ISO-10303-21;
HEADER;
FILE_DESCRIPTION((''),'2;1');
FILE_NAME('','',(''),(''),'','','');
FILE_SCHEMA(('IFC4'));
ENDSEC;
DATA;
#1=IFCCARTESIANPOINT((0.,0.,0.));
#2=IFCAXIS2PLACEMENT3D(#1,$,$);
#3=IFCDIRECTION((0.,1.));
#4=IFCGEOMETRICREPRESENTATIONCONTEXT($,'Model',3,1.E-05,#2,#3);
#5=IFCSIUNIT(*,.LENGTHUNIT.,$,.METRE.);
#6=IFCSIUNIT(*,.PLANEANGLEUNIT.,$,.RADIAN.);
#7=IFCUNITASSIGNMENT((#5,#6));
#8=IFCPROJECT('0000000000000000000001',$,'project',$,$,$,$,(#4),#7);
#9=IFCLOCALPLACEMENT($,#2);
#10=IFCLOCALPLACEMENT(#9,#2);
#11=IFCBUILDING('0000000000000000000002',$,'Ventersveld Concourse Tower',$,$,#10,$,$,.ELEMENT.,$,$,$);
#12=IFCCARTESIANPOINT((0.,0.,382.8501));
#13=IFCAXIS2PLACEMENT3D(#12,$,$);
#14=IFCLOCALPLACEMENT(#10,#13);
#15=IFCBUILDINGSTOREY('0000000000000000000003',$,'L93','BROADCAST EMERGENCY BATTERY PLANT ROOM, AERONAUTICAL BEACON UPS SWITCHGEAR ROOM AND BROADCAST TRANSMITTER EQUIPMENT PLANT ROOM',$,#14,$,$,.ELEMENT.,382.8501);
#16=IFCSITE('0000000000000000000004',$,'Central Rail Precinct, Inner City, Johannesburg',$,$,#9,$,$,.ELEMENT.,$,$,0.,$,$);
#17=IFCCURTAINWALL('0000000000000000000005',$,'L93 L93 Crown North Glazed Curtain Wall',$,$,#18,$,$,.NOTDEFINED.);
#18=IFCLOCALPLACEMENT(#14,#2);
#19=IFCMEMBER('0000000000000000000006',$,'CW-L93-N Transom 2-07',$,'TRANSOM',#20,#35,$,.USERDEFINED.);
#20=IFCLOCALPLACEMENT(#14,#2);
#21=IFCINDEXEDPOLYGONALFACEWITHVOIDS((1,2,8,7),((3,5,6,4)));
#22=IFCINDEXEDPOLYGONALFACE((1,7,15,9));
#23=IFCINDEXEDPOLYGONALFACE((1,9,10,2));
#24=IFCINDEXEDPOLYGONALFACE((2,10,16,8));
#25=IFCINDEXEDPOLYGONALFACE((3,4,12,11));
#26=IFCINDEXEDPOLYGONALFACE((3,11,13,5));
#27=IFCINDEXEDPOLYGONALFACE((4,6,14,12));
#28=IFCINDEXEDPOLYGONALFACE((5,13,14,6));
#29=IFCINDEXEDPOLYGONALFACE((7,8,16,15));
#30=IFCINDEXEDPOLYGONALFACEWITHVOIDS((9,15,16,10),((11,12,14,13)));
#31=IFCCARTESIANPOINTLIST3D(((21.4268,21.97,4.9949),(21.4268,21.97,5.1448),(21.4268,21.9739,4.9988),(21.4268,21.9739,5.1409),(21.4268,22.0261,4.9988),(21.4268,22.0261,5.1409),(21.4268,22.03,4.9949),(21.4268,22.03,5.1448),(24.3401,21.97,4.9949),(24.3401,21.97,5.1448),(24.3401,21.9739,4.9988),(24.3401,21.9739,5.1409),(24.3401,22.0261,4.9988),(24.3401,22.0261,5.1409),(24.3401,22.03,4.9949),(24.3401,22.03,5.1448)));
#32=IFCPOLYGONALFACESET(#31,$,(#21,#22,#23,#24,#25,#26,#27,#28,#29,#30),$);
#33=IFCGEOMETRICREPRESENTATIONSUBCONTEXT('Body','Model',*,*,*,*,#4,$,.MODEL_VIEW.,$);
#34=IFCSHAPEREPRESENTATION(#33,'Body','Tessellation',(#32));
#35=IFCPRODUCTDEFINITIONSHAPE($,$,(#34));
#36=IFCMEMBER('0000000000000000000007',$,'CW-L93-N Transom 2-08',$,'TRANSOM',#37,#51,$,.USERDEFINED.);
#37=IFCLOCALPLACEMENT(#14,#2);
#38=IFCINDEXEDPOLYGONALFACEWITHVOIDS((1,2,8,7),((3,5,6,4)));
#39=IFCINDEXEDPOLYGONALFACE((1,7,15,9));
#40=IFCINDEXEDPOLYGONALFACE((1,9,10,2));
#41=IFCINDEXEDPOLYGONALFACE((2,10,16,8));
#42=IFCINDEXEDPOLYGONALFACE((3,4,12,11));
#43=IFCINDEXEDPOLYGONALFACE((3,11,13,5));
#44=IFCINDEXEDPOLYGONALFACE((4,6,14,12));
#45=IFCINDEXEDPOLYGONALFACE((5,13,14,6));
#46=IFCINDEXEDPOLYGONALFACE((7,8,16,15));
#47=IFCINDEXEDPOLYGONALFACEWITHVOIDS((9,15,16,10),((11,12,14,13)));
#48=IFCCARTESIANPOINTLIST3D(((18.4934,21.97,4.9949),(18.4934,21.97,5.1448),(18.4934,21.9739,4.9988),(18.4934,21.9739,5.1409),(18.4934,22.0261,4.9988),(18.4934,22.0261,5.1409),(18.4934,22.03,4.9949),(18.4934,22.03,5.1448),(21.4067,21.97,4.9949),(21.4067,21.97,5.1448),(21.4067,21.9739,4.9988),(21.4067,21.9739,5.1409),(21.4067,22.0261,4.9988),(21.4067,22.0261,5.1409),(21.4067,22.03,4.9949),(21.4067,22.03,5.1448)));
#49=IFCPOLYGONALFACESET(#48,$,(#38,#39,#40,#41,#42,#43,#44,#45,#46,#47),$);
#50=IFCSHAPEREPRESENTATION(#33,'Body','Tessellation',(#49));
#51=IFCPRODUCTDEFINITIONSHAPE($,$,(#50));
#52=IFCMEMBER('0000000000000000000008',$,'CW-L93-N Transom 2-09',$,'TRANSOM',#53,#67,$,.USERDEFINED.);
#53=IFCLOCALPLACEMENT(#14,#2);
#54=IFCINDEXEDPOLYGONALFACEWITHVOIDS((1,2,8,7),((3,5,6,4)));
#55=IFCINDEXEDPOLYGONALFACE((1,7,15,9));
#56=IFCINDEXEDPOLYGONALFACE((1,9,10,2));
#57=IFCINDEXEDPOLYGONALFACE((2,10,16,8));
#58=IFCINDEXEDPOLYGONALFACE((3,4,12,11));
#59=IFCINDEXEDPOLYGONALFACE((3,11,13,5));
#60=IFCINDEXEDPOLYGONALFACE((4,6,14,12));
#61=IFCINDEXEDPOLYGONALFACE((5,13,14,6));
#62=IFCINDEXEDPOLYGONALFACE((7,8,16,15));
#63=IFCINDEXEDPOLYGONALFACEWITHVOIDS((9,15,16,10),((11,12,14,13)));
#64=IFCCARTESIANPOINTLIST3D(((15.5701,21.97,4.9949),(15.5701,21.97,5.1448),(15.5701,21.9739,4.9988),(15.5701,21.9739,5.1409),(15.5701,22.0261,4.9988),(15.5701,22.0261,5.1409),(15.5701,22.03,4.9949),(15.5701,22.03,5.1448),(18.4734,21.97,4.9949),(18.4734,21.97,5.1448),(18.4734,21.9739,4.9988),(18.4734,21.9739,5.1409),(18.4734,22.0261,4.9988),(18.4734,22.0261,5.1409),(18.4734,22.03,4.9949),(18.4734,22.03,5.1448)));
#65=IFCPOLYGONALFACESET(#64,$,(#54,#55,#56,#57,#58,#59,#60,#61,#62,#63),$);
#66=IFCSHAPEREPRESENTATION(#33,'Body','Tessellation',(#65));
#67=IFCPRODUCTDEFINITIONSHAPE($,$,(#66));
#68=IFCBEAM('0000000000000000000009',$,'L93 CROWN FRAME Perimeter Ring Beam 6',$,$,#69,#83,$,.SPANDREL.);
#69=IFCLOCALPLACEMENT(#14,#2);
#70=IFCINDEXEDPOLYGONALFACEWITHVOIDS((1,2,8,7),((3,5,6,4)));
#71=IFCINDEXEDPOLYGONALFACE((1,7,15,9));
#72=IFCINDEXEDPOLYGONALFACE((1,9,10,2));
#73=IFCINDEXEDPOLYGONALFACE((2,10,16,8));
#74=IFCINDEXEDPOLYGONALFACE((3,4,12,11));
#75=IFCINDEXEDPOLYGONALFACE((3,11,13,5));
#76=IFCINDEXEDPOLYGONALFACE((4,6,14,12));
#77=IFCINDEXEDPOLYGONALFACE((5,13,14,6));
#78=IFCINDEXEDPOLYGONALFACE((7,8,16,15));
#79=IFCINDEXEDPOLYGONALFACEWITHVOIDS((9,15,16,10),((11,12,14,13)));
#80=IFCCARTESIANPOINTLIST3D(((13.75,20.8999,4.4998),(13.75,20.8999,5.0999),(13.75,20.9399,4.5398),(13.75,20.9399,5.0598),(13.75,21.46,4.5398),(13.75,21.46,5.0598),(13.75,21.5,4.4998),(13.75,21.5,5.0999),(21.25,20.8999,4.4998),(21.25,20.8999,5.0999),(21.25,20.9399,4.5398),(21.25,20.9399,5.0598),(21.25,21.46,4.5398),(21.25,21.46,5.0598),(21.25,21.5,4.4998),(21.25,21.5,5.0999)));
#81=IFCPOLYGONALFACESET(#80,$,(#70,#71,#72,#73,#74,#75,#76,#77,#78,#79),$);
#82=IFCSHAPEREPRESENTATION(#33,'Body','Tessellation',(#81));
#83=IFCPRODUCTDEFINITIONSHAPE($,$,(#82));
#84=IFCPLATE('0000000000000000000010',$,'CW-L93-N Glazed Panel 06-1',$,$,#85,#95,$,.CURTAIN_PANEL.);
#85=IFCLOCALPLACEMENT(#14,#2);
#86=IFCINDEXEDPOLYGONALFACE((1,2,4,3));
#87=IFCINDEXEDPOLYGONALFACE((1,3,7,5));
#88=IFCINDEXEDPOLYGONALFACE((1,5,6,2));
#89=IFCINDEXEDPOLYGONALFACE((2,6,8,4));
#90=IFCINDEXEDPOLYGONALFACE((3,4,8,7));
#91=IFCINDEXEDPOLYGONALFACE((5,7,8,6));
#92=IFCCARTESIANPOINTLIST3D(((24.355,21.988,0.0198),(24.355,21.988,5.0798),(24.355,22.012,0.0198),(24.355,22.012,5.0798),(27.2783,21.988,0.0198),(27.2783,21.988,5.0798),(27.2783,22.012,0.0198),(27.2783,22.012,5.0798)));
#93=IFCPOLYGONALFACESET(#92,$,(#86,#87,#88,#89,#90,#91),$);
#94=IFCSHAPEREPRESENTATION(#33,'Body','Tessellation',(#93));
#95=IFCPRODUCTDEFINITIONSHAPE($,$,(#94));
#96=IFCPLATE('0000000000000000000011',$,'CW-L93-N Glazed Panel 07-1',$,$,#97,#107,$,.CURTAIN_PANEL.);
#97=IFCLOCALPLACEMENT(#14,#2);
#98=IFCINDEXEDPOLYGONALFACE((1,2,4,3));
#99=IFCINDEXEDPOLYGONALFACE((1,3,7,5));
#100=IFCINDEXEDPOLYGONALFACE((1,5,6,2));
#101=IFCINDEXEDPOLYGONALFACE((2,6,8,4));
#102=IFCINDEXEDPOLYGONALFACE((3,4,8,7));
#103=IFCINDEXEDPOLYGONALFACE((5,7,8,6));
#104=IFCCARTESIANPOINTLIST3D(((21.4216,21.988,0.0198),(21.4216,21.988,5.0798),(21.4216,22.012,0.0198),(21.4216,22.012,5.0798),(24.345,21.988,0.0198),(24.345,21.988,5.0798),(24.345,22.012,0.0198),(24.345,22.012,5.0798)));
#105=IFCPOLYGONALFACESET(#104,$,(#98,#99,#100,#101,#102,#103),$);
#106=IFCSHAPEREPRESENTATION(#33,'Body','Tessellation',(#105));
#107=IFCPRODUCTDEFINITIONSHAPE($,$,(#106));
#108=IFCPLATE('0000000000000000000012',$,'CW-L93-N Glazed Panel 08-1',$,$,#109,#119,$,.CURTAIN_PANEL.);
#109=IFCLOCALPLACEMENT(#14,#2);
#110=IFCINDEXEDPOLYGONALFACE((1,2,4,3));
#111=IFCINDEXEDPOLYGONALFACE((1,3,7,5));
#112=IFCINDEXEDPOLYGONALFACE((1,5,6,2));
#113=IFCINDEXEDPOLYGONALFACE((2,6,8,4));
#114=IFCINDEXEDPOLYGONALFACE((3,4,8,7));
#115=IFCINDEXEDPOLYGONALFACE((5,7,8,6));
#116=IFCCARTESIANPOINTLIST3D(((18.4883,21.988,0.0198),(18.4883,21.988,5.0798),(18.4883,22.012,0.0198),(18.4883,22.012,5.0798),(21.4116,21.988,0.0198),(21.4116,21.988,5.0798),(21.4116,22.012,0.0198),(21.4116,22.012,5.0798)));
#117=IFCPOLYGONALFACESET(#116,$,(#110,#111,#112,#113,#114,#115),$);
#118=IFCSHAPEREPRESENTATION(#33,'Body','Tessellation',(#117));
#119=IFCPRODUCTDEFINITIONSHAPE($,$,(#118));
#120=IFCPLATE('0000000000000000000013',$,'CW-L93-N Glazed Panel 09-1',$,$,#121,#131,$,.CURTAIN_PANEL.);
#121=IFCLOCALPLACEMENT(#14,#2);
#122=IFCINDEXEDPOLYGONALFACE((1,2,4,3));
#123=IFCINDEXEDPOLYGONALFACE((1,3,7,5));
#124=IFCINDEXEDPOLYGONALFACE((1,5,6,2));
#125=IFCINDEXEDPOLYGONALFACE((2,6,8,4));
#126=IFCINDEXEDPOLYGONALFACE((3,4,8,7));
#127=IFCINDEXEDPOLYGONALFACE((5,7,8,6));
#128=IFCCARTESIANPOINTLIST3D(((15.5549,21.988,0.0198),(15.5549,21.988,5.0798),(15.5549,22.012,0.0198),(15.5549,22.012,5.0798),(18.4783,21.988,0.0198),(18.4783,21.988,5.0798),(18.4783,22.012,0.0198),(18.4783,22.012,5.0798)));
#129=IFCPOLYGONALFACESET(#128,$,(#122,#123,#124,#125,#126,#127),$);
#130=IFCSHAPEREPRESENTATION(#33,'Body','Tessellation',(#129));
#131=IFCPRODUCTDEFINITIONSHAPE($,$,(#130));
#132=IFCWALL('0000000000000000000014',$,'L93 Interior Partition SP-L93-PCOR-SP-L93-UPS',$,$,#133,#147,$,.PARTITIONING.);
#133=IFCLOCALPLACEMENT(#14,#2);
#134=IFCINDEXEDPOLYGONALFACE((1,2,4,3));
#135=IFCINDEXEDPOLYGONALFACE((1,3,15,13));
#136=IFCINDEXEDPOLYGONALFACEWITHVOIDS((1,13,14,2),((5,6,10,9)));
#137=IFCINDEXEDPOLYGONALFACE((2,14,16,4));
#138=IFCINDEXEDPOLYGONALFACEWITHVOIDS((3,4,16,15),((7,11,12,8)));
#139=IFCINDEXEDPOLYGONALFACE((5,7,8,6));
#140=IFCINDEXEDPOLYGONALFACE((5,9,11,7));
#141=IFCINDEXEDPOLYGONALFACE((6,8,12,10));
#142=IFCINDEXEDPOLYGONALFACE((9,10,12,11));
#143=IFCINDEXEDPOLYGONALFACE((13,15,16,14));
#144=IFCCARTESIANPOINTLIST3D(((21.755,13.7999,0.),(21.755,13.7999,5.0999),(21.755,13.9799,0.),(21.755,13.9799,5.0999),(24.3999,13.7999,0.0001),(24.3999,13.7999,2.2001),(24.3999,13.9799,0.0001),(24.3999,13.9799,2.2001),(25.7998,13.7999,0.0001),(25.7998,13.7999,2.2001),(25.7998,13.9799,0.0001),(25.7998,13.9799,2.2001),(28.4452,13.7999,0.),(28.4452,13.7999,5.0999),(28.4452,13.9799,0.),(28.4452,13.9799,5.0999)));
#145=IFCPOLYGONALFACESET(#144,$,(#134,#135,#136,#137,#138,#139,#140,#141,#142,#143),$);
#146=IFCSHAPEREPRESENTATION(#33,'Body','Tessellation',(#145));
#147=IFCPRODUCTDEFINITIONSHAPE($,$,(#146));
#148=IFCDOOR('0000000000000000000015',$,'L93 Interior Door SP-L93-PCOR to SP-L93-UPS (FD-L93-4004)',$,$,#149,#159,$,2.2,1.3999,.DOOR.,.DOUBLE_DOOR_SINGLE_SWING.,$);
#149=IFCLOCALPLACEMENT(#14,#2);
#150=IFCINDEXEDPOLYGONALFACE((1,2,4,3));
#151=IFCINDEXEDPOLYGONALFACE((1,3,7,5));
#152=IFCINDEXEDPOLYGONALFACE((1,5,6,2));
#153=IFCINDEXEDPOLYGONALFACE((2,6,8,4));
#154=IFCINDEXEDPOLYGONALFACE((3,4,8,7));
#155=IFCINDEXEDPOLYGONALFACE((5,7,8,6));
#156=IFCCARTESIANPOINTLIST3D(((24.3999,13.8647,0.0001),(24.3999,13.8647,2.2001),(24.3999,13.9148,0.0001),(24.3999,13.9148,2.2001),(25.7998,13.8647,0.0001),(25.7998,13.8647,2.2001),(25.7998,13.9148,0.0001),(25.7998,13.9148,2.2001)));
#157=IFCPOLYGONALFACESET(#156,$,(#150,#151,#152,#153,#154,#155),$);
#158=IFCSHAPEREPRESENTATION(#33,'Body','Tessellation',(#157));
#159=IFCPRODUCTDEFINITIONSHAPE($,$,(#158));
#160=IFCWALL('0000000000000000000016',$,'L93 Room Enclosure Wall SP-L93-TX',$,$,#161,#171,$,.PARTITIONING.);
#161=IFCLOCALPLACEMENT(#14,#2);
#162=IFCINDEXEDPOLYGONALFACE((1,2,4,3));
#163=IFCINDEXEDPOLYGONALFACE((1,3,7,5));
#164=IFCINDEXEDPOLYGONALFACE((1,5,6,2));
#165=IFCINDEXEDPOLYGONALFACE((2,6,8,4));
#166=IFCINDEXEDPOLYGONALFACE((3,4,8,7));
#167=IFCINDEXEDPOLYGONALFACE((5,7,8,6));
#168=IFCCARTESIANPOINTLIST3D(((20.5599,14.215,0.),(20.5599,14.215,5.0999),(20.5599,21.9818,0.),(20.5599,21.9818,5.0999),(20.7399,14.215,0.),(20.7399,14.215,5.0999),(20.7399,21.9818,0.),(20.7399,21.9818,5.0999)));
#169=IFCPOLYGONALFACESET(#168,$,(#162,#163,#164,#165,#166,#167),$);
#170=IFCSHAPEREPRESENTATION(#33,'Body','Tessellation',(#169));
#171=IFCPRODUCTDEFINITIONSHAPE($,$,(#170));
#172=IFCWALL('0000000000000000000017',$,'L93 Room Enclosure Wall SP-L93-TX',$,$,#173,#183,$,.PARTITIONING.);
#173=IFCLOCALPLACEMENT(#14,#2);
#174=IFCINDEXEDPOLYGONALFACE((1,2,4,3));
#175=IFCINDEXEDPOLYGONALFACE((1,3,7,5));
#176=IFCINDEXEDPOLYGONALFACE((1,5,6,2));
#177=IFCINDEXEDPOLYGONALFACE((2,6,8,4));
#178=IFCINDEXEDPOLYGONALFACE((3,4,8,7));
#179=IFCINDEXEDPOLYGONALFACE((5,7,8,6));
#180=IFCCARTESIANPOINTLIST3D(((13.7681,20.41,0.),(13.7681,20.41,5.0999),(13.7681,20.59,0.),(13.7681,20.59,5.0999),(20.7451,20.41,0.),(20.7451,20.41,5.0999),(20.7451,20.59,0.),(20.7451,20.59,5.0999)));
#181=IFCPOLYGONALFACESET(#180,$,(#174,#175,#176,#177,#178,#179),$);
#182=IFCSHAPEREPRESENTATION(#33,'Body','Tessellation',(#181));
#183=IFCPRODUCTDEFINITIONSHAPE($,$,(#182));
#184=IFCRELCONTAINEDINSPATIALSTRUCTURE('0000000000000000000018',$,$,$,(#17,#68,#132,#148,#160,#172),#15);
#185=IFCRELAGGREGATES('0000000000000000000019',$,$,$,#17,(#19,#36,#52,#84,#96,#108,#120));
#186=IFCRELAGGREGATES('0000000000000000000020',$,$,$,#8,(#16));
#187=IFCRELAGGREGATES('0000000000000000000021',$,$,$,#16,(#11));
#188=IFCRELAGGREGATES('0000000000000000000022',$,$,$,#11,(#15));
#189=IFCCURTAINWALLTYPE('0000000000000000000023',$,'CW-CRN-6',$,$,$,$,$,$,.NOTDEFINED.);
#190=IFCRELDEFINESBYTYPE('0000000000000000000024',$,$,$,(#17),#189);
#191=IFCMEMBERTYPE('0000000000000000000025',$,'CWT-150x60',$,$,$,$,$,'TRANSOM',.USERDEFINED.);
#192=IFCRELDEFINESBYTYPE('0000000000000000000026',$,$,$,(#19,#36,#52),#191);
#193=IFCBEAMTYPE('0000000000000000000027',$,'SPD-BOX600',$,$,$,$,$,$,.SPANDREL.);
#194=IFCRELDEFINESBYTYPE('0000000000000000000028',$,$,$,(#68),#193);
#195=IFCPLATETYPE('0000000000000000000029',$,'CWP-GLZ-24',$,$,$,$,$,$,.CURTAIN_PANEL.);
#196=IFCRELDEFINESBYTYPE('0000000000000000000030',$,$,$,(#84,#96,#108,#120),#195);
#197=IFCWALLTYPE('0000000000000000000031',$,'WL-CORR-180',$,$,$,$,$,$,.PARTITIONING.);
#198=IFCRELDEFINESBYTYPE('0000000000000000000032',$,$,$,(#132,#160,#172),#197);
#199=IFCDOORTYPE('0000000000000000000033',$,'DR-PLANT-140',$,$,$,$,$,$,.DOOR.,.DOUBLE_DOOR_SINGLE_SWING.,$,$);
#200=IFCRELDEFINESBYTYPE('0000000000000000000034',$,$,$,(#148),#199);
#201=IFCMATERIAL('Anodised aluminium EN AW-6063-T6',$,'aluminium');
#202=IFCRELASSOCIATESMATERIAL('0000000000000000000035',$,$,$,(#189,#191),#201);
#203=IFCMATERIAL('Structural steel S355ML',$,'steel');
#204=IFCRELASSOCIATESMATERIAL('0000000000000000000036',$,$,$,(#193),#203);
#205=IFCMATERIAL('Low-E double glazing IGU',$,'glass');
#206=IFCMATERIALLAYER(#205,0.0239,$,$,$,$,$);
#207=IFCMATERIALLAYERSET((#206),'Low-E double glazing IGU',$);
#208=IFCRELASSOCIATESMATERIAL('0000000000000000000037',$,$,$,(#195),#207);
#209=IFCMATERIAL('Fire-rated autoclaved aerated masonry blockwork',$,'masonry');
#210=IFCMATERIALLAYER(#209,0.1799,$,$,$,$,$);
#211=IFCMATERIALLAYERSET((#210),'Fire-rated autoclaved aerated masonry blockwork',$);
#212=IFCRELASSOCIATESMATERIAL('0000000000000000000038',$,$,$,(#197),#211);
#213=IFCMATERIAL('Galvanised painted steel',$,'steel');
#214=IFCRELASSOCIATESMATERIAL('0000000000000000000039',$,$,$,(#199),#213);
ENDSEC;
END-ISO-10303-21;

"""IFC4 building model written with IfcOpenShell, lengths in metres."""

from ifc_helpers import new_model, si_unit, direction, frame, frame_2d, origin, origin_2d, place, context, subcontext, project, spatial, rectangle, hollow_rectangle, extrude, material, layer, layer_set, material_profile, profile_set, type_object, element, fill, aggregate, save


model = new_model("IFC4")

# Units and contexts
model_context = context("Model", 3, precision=1e-05, world=origin(), true_north=direction((0.0, 1.0)))
body_context = subcontext(model_context, "Body", "Model", "MODEL_VIEW")
ifc_project = project(units=[si_unit("LENGTHUNIT", "METRE"), si_unit("PLANEANGLEUNIT", "RADIAN")], contexts=[model_context])

# Site, building, storey
site_placement = place(None, origin())
site = spatial("IfcSite", under=ifc_project, at=site_placement, Name="Central Rail Precinct, Inner City, Johannesburg", CompositionType="ELEMENT", RefElevation=0.0)
building_placement = place(site_placement, origin())
building = spatial("IfcBuilding", under=site, at=building_placement, Name="Ventersveld Concourse Tower", CompositionType="ELEMENT")
storey_placement = place(building_placement, frame((0.0, 0.0, 382.8501)))
storey = spatial("IfcBuildingStorey", under=building, at=storey_placement, Name="L93", Description="BROADCAST EMERGENCY BATTERY PLANT ROOM, AERONAUTICAL BEACON UPS SWITCHGEAR ROOM AND BROADCAST TRANSMITTER EQUIPMENT PLANT ROOM", CompositionType="ELEMENT", Elevation=382.8501)

# Shared definitions
ifc_material_1 = material(Name="Structural steel S355ML", Category="steel")

# Curtain wall, members
ifc_material_2 = material(Name="Anodised aluminium EN AW-6063-T6", Category="aluminium")
curtain_wall_type = type_object("IfcCurtainWallType", Name="CW-CRN-6", PredefinedType="NOTDEFINED", material=ifc_material_2)
curtain_wall_placement = place(storey_placement, origin())
curtain_wall = element("IfcCurtainWall", 1, at=curtain_wall_placement, inside=storey, type_object=curtain_wall_type, Name="L93 L93 Crown North Glazed Curtain Wall", PredefinedType="NOTDEFINED")
ifc_material_profile_1 = material_profile(ifc_material_2, hollow_rectangle(XDim=0.0601, YDim=0.1499, WallThickness=0.0039, at=origin_2d()), Name="ALU 150x60x4")
ifc_profile_set_1 = profile_set([ifc_material_profile_1], Name="Anodised aluminium EN AW-6063-T6")
member_type_1 = type_object("IfcMemberType", Name="CWT-150x60", ElementType="TRANSOM", PredefinedType="USERDEFINED", material=ifc_profile_set_1)
member_1_placement = place(storey_placement, frame((24.3401, 22.0, 5.0698), z_axis=(-1.0, 0.0, 0.0), x_axis=(0.0, -1.0, 0.0)))
member_1 = element("IfcMember", 2, at=member_1_placement, type_object=member_type_1, Name="CW-L93-N Transom 2-07", ObjectType="TRANSOM", PredefinedType="USERDEFINED", context=body_context, shape_type="SweptSolid", body=[
    extrude(hollow_rectangle(XDim=0.0601, YDim=0.1499, WallThickness=0.0039, at=origin_2d()), origin(), (0.0, 0.0, 1.0), 2.9133),
])
member_2_placement = place(storey_placement, frame((21.4067, 22.0, 5.0698), z_axis=(-1.0, 0.0, 0.0), x_axis=(0.0, -1.0, 0.0)))
member_2 = element("IfcMember", 3, at=member_2_placement, type_object=member_type_1, Name="CW-L93-N Transom 2-08", ObjectType="TRANSOM", PredefinedType="USERDEFINED", context=body_context, shape_type="SweptSolid", body=[
    extrude(hollow_rectangle(XDim=0.0601, YDim=0.1499, WallThickness=0.0039, at=origin_2d()), origin(), (0.0, 0.0, 1.0), 2.9133),
])
member_3_placement = place(storey_placement, frame((18.4734, 22.0, 5.0698), z_axis=(-1.0, 0.0, 0.0), x_axis=(0.0, -1.0, 0.0)))
member_3 = element("IfcMember", 4, at=member_3_placement, type_object=member_type_1, Name="CW-L93-N Transom 2-09", ObjectType="TRANSOM", PredefinedType="USERDEFINED", context=body_context, shape_type="SweptSolid", body=[
    extrude(hollow_rectangle(XDim=0.0601, YDim=0.1499, WallThickness=0.0039, at=origin_2d()), origin(), (0.0, 0.0, 1.0), 2.9033),
])

# Beam
ifc_material_profile_2 = material_profile(ifc_material_1, hollow_rectangle(XDim=0.6001, YDim=0.6001, WallThickness=0.04, at=origin_2d()), Name="BOX 600x600x40")
ifc_profile_set_2 = profile_set([ifc_material_profile_2], Name="Structural steel S355ML")
beam_type = type_object("IfcBeamType", Name="SPD-BOX600", PredefinedType="SPANDREL", material=ifc_profile_set_2)
beam_placement = place(storey_placement, frame((21.25, 21.2, 4.7998), z_axis=(-1.0, 0.0, 0.0), x_axis=(0.0, -1.0, 0.0)))
element("IfcBeam", 5, at=beam_placement, inside=storey, type_object=beam_type, Name="L93 CROWN FRAME Perimeter Ring Beam 6", PredefinedType="SPANDREL", context=body_context, shape_type="SweptSolid", body=[
    extrude(hollow_rectangle(XDim=0.6001, YDim=0.6001, WallThickness=0.04, at=origin_2d()), origin(), (0.0, 0.0, 1.0), 7.5),
])

# Plates
ifc_material_3 = material(Name="Low-E double glazing IGU", Category="glass")
ifc_layer_1 = layer(ifc_material_3, 0.0239)
ifc_layer_set_1 = layer_set([ifc_layer_1], Name="Low-E double glazing IGU")
plate_type = type_object("IfcPlateType", Name="CWP-GLZ-24", PredefinedType="CURTAIN_PANEL", material=ifc_layer_set_1)
plate_1_placement = place(storey_placement, frame((25.8167, 22.0, 0.0198), z_axis=(0.0, 0.0, 1.0), x_axis=(-1.0, 0.0, 0.0)))
plate_1 = element("IfcPlate", 6, at=plate_1_placement, type_object=plate_type, Name="CW-L93-N Glazed Panel 06-1", PredefinedType="CURTAIN_PANEL", context=body_context, shape_type="SweptSolid", body=[
    extrude(rectangle(XDim=2.9233, YDim=0.0239, at=origin_2d()), origin(), (0.0, 0.0, 1.0), 5.0601),
])
plate_2_placement = place(storey_placement, frame((22.8833, 22.0, 0.0198), z_axis=(0.0, 0.0, 1.0), x_axis=(-1.0, 0.0, 0.0)))
plate_2 = element("IfcPlate", 7, at=plate_2_placement, type_object=plate_type, Name="CW-L93-N Glazed Panel 07-1", PredefinedType="CURTAIN_PANEL", context=body_context, shape_type="SweptSolid", body=[
    extrude(rectangle(XDim=2.9233, YDim=0.0239, at=origin_2d()), origin(), (0.0, 0.0, 1.0), 5.0601),
])
plate_3_placement = place(storey_placement, frame((19.95, 22.0, 0.0198), z_axis=(0.0, 0.0, 1.0), x_axis=(-1.0, 0.0, 0.0)))
plate_3 = element("IfcPlate", 8, at=plate_3_placement, type_object=plate_type, Name="CW-L93-N Glazed Panel 08-1", PredefinedType="CURTAIN_PANEL", context=body_context, shape_type="SweptSolid", body=[
    extrude(rectangle(XDim=2.9233, YDim=0.0239, at=origin_2d()), origin(), (0.0, 0.0, 1.0), 5.0601),
])
plate_4_placement = place(storey_placement, frame((17.0166, 22.0, 0.0198), z_axis=(0.0, 0.0, 1.0), x_axis=(-1.0, 0.0, 0.0)))
plate_4 = element("IfcPlate", 9, at=plate_4_placement, type_object=plate_type, Name="CW-L93-N Glazed Panel 09-1", PredefinedType="CURTAIN_PANEL", context=body_context, shape_type="SweptSolid", body=[
    extrude(rectangle(XDim=2.9233, YDim=0.0239, at=origin_2d()), origin(), (0.0, 0.0, 1.0), 5.0601),
])
aggregate(curtain_wall, [member_1, member_2, member_3, plate_1, plate_2, plate_3, plate_4])

# Wall, opening, door
ifc_material_4 = material(Name="Fire-rated autoclaved aerated masonry blockwork", Category="masonry")
ifc_layer_2 = layer(ifc_material_4, 0.1799)
ifc_layer_set_2 = layer_set([ifc_layer_2], Name="Fire-rated autoclaved aerated masonry blockwork")
wall_type_1 = type_object("IfcWallType", Name="WL-CORR-180", PredefinedType="PARTITIONING", material=ifc_layer_set_2)
wall_1_placement = place(storey_placement, frame((21.7549, 13.8899, 0.0), z_axis=(0.0, 0.0, 1.0), x_axis=(1.0, 0.0, 0.0)))
wall_1 = element("IfcWall", 10, at=wall_1_placement, inside=storey, type_object=wall_type_1, Name="L93 Interior Partition SP-L93-PCOR-SP-L93-UPS", PredefinedType="PARTITIONING", context=body_context, shape_type="SweptSolid", body=[
    extrude(rectangle(XDim=6.6902, YDim=0.1799, at=frame_2d((3.3452, 0.0))), origin(), (0.0, 0.0, 1.0), 5.0999),
])
opening_1_placement = place(wall_1_placement, frame((2.645, 0.0, 0.0)))
opening_1 = element("IfcOpeningElement", 11, at=opening_1_placement, cuts=wall_1, PredefinedType="OPENING", context=body_context, shape_type="SweptSolid", body=[
    extrude(rectangle(XDim=1.3999, YDim=2.2, at=frame_2d((0.7, 1.1001))), frame((0.0, 0.1001, 0.0), z_axis=(0.0, -1.0, 0.0), x_axis=(1.0, 0.0, 0.0)), (0.0, 0.0, 1.0), 0.2),
])
ifc_material_5 = material(Name="Galvanised painted steel", Category="steel")
door_type = type_object("IfcDoorType", Name="DR-PLANT-140", OperationType="DOUBLE_DOOR_SINGLE_SWING", PredefinedType="DOOR", material=ifc_material_5)
door_1_placement = place(opening_1_placement, origin())
door_1 = element("IfcDoor", 12, at=door_1_placement, inside=storey, type_object=door_type, Name="L93 Interior Door SP-L93-PCOR to SP-L93-UPS (FD-L93-4004)", OperationType="DOUBLE_DOOR_SINGLE_SWING", OverallHeight=2.2, OverallWidth=1.3999, PredefinedType="DOOR", context=body_context, shape_type="SweptSolid", body=[
    extrude(rectangle(XDim=1.3999, YDim=2.2, at=frame_2d((0.7, 1.1001))), frame((0.0, 0.0249, 0.0), z_axis=(0.0, -1.0, 0.0), x_axis=(1.0, 0.0, 0.0)), (0.0, 0.0, 1.0), 0.05),
])
fill(opening_1, door_1)

# Walls
wall_2_placement = place(storey_placement, frame((20.6499, 14.2151, 0.0), z_axis=(0.0, 0.0, 1.0), x_axis=(0.0, 1.0, 0.0)))
element("IfcWall", 13, at=wall_2_placement, inside=storey, type_object=wall_type_1, Name="L93 Room Enclosure Wall SP-L93-TX", PredefinedType="PARTITIONING", context=body_context, shape_type="SweptSolid", body=[
    extrude(rectangle(XDim=7.7668, YDim=0.1799, at=frame_2d((3.8833, 0.0))), origin(), (0.0, 0.0, 1.0), 5.0999),
])
wall_3_placement = place(storey_placement, frame((20.7451, 20.5, 0.0), z_axis=(0.0, 0.0, 1.0), x_axis=(-1.0, 0.0, 0.0)))
element("IfcWall", 14, at=wall_3_placement, inside=storey, type_object=wall_type_1, Name="L93 Room Enclosure Wall SP-L93-TX", PredefinedType="PARTITIONING", context=body_context, shape_type="SweptSolid", body=[
    extrude(rectangle(XDim=6.9771, YDim=0.1799, at=frame_2d((3.4885, 0.0))), origin(), (0.0, 0.0, 1.0), 5.0999),
])

save(model, "model.ifc")
